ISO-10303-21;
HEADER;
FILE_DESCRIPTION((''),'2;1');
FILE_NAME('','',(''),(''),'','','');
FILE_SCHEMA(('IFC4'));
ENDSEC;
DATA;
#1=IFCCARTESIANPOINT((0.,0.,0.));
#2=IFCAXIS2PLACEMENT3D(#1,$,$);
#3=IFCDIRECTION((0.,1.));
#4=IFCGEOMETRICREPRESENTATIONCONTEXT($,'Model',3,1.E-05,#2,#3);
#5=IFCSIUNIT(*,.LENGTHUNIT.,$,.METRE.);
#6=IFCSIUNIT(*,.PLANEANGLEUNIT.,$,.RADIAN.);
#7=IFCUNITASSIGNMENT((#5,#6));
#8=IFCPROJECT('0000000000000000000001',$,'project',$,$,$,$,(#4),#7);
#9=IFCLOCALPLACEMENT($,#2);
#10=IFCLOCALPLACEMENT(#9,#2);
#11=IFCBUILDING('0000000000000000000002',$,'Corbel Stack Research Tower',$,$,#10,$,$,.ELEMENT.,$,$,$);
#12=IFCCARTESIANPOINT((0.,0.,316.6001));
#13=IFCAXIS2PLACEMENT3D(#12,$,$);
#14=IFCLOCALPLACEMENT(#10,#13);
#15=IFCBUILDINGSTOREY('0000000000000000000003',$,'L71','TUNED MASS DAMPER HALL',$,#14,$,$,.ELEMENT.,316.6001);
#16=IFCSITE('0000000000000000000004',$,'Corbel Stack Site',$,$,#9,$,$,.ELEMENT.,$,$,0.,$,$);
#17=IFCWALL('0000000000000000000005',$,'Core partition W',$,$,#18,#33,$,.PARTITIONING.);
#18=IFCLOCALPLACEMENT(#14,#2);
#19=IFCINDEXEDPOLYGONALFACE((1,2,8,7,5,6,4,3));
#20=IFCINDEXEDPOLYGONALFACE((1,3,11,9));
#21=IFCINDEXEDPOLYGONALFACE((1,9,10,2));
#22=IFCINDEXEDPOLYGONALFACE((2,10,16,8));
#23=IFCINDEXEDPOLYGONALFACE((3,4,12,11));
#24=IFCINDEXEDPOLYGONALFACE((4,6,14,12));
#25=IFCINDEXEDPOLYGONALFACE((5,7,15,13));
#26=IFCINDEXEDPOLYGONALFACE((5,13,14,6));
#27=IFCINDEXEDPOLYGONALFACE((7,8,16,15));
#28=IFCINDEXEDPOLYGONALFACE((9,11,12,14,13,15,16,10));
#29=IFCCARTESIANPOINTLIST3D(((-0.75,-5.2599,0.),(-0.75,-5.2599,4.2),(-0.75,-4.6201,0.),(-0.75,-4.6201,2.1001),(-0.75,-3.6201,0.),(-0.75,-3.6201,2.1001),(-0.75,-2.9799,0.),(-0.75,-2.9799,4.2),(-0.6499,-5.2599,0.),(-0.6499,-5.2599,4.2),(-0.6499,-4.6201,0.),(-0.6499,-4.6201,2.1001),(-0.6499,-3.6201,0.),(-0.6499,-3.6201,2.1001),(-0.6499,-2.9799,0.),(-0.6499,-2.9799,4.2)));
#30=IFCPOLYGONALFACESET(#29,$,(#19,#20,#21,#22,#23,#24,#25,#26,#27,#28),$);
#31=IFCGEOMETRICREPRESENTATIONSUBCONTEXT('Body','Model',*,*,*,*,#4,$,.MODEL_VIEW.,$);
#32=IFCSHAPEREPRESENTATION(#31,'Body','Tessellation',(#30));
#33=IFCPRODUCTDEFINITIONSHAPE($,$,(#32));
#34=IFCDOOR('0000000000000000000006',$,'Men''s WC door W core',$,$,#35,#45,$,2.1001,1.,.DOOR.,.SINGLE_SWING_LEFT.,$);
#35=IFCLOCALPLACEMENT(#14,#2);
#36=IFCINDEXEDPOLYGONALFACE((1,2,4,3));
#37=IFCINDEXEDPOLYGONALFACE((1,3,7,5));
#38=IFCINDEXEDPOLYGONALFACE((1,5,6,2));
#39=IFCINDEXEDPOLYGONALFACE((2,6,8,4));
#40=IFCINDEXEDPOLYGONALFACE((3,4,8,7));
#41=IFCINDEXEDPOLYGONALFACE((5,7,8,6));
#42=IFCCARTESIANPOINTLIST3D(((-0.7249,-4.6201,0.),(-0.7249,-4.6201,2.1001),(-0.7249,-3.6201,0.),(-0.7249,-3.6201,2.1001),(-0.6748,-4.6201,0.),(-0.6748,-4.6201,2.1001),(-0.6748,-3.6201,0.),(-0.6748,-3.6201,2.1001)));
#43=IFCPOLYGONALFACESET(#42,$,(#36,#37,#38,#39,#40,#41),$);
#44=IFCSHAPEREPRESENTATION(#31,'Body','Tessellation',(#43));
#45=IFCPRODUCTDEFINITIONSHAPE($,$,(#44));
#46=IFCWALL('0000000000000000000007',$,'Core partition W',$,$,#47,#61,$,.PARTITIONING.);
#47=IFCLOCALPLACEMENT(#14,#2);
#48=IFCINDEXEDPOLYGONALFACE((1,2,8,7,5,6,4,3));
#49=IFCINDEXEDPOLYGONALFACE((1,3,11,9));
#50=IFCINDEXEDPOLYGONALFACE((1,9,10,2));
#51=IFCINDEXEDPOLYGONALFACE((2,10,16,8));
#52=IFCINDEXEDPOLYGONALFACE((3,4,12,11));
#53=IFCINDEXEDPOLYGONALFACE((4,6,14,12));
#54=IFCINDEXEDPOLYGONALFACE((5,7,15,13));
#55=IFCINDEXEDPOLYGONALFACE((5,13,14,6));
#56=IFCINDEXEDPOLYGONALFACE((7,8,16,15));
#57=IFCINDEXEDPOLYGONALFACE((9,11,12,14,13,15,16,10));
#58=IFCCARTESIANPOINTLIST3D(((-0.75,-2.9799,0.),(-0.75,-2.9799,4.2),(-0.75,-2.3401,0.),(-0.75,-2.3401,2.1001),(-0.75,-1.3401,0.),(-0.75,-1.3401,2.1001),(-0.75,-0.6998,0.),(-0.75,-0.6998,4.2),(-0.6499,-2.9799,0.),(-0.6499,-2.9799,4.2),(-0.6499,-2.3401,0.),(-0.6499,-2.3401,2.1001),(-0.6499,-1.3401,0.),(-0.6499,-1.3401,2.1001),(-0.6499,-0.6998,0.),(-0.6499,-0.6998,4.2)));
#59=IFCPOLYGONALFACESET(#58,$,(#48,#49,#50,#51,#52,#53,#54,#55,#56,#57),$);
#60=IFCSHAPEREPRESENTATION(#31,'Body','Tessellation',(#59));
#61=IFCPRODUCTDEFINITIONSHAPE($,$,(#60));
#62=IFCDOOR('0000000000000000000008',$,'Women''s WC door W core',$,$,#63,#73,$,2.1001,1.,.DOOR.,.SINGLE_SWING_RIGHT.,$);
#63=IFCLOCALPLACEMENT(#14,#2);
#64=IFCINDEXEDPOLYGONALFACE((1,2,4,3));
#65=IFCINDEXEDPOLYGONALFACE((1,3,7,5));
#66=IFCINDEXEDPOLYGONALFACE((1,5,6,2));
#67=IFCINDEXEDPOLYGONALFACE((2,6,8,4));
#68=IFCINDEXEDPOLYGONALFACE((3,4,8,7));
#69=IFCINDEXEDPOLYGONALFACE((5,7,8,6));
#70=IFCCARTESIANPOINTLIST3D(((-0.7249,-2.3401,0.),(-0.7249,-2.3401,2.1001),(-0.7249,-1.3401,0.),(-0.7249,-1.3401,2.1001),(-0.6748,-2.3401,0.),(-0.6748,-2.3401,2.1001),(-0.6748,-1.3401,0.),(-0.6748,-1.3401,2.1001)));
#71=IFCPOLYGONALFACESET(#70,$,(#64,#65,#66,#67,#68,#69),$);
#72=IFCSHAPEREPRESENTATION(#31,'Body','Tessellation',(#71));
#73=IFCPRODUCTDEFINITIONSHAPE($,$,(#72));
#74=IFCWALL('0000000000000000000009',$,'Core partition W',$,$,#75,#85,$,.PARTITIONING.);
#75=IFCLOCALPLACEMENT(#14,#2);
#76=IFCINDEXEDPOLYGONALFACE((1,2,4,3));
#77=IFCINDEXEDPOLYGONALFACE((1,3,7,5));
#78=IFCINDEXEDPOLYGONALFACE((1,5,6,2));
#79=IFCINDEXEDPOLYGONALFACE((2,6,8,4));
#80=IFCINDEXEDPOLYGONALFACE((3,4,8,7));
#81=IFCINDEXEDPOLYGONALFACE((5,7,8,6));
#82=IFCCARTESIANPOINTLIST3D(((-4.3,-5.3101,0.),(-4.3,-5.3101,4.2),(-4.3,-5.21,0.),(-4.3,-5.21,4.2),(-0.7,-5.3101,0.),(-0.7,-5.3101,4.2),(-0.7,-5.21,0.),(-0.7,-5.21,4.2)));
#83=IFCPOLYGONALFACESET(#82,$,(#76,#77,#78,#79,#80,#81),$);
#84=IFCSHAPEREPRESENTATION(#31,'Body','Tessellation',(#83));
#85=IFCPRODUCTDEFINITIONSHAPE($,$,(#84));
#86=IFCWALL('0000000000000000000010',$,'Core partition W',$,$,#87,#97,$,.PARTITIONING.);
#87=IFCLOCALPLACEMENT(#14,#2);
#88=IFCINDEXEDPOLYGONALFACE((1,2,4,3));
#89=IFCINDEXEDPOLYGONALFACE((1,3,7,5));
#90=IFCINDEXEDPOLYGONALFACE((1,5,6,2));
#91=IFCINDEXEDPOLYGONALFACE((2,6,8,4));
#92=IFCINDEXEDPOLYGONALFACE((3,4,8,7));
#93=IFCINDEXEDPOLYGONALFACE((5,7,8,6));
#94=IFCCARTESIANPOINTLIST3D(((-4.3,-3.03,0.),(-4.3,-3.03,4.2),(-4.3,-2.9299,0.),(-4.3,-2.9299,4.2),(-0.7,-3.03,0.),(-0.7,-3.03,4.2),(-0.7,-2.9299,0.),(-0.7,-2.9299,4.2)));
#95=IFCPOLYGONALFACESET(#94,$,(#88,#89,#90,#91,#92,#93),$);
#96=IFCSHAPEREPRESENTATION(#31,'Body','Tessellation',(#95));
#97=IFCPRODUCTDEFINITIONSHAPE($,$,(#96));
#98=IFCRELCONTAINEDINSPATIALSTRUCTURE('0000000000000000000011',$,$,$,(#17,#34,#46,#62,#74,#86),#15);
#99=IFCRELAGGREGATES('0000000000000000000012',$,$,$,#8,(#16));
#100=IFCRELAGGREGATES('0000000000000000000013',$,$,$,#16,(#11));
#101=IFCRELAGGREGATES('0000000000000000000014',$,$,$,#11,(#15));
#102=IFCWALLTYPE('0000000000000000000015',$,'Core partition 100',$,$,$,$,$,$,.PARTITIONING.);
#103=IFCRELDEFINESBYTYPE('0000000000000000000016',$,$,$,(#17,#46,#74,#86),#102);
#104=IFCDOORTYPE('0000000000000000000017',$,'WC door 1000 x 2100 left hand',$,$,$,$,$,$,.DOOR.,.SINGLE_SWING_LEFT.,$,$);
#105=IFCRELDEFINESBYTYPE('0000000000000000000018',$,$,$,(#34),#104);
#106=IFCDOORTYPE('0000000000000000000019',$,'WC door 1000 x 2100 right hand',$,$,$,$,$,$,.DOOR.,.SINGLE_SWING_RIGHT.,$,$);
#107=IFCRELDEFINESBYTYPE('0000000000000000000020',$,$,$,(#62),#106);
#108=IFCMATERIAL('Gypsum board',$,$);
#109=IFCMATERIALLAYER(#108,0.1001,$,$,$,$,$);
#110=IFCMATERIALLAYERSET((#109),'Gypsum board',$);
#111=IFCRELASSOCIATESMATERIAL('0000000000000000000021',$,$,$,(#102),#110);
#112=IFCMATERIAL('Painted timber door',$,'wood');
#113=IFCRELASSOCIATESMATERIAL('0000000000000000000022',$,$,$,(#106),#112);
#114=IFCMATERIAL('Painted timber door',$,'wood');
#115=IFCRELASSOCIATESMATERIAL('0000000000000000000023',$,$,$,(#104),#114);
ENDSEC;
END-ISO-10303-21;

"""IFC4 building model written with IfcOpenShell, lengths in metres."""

from ifc_helpers import new_model, si_unit, direction, frame, frame_2d, origin, place, context, subcontext, project, spatial, rectangle, extrude, material, layer, layer_set, type_object, element, fill, save


model = new_model("IFC4")

# Units and contexts
model_context = context("Model", 3, precision=1e-05, world=origin(), true_north=direction((0.0, 1.0)))
body_context = subcontext(model_context, "Body", "Model", "MODEL_VIEW")
ifc_project = project(units=[si_unit("LENGTHUNIT", "METRE"), si_unit("PLANEANGLEUNIT", "RADIAN")], contexts=[model_context])

# Site, building, storey
site_placement = place(None, origin())
site = spatial("IfcSite", under=ifc_project, at=site_placement, Name="Corbel Stack Site", CompositionType="ELEMENT", RefElevation=0.0)
building_placement = place(site_placement, origin())
building = spatial("IfcBuilding", under=site, at=building_placement, Name="Corbel Stack Research Tower", CompositionType="ELEMENT")
storey_placement = place(building_placement, frame((0.0, 0.0, 316.6001)))
storey = spatial("IfcBuildingStorey", under=building, at=storey_placement, Name="L71", Description="TUNED MASS DAMPER HALL", CompositionType="ELEMENT", Elevation=316.6001)

# Walls, openings, doors
ifc_material_1 = material(Name="Gypsum board")
ifc_layer_1 = layer(ifc_material_1, 0.1001)
ifc_layer_set_1 = layer_set([ifc_layer_1], Name="Gypsum board")
wall_type_1 = type_object("IfcWallType", Name="Core partition 100", PredefinedType="PARTITIONING", material=ifc_layer_set_1)
ifc_material_2 = material(Name="Painted timber door", Category="wood")
door_type_1 = type_object("IfcDoorType", Name="WC door 1000 x 2100 right hand", OperationType="SINGLE_SWING_RIGHT", PredefinedType="DOOR", material=ifc_material_2)
wall_1_placement = place(storey_placement, frame((-0.7, -5.26, 0.0), z_axis=(0.0, 0.0, 1.0), x_axis=(0.0, 1.0, 0.0)))
wall_1 = element("IfcWall", 1, at=wall_1_placement, inside=storey, type_object=wall_type_1, Name="Core partition W", PredefinedType="PARTITIONING", context=body_context, shape_type="SweptSolid", body=[
    extrude(rectangle(XDim=2.28, YDim=0.1001, at=frame_2d((1.1401, 0.0))), origin(), (0.0, 0.0, 1.0), 4.2),
])
opening_1_placement = place(wall_1_placement, frame((0.6399, 0.0, 0.0)))
opening_1 = element("IfcOpeningElement", 2, at=opening_1_placement, cuts=wall_1, PredefinedType="OPENING", context=body_context, shape_type="SweptSolid", body=[
    extrude(rectangle(XDim=1.0, YDim=2.1001, at=frame_2d((0.5, 1.05))), frame((0.0, 0.0601, 0.0), z_axis=(0.0, -1.0, 0.0), x_axis=(1.0, 0.0, 0.0)), (0.0, 0.0, 1.0), 0.1201),
])
ifc_material_3 = material(Name="Painted timber door", Category="wood")
door_type_2 = type_object("IfcDoorType", Name="WC door 1000 x 2100 left hand", OperationType="SINGLE_SWING_LEFT", PredefinedType="DOOR", material=ifc_material_3)
door_1_placement = place(opening_1_placement, origin())
door_1 = element("IfcDoor", 3, at=door_1_placement, inside=storey, type_object=door_type_2, Name="Men's WC door W core", OperationType="SINGLE_SWING_LEFT", OverallHeight=2.1001, OverallWidth=1.0, PredefinedType="DOOR", context=body_context, shape_type="SweptSolid", body=[
    extrude(rectangle(XDim=1.0, YDim=2.1001, at=frame_2d((0.5, 1.05))), frame((0.0, 0.0249, 0.0), z_axis=(0.0, -1.0, 0.0), x_axis=(1.0, 0.0, 0.0)), (0.0, 0.0, 1.0), 0.05),
])
fill(opening_1, door_1)
wall_2_placement = place(storey_placement, frame((-0.7, -2.98, 0.0), z_axis=(0.0, 0.0, 1.0), x_axis=(0.0, 1.0, 0.0)))
wall_2 = element("IfcWall", 4, at=wall_2_placement, inside=storey, type_object=wall_type_1, Name="Core partition W", PredefinedType="PARTITIONING", context=body_context, shape_type="SweptSolid", body=[
    extrude(rectangle(XDim=2.28, YDim=0.1001, at=frame_2d((1.1401, 0.0))), origin(), (0.0, 0.0, 1.0), 4.2),
])
opening_2_placement = place(wall_2_placement, frame((0.6399, 0.0, 0.0)))
opening_2 = element("IfcOpeningElement", 5, at=opening_2_placement, cuts=wall_2, PredefinedType="OPENING", context=body_context, shape_type="SweptSolid", body=[
    extrude(rectangle(XDim=1.0, YDim=2.1001, at=frame_2d((0.5, 1.05))), frame((0.0, 0.0601, 0.0), z_axis=(0.0, -1.0, 0.0), x_axis=(1.0, 0.0, 0.0)), (0.0, 0.0, 1.0), 0.1201),
])
door_2_placement = place(opening_2_placement, origin())
door_2 = element("IfcDoor", 6, at=door_2_placement, inside=storey, type_object=door_type_1, Name="Women's WC door W core", OperationType="SINGLE_SWING_RIGHT", OverallHeight=2.1001, OverallWidth=1.0, PredefinedType="DOOR", context=body_context, shape_type="SweptSolid", body=[
    extrude(rectangle(XDim=1.0, YDim=2.1001, at=frame_2d((0.5, 1.05))), frame((0.0, 0.0249, 0.0), z_axis=(0.0, -1.0, 0.0), x_axis=(1.0, 0.0, 0.0)), (0.0, 0.0, 1.0), 0.05),
])
fill(opening_2, door_2)

# Walls
for number, where, z_axis, x_axis, name in (
    (7, (-4.3, -5.26, 0.0), (0.0, 0.0, 1.0), (1.0, 0.0, 0.0), "Core partition W"),
    (8, (-4.3, -2.98, 0.0), (0.0, 0.0, 1.0), (1.0, 0.0, 0.0), "Core partition W"),
):
    element("IfcWall", number, at=place(storey_placement, frame(where, z_axis=z_axis, x_axis=x_axis)), inside=storey, type_object=wall_type_1, Name=name, PredefinedType="PARTITIONING", context=body_context, shape_type="SweptSolid", body=[
        extrude(rectangle(XDim=3.6001, YDim=0.1001, at=frame_2d((1.8, 0.0))), origin(), (0.0, 0.0, 1.0), 4.2),
    ])

save(model, "model.ifc")
